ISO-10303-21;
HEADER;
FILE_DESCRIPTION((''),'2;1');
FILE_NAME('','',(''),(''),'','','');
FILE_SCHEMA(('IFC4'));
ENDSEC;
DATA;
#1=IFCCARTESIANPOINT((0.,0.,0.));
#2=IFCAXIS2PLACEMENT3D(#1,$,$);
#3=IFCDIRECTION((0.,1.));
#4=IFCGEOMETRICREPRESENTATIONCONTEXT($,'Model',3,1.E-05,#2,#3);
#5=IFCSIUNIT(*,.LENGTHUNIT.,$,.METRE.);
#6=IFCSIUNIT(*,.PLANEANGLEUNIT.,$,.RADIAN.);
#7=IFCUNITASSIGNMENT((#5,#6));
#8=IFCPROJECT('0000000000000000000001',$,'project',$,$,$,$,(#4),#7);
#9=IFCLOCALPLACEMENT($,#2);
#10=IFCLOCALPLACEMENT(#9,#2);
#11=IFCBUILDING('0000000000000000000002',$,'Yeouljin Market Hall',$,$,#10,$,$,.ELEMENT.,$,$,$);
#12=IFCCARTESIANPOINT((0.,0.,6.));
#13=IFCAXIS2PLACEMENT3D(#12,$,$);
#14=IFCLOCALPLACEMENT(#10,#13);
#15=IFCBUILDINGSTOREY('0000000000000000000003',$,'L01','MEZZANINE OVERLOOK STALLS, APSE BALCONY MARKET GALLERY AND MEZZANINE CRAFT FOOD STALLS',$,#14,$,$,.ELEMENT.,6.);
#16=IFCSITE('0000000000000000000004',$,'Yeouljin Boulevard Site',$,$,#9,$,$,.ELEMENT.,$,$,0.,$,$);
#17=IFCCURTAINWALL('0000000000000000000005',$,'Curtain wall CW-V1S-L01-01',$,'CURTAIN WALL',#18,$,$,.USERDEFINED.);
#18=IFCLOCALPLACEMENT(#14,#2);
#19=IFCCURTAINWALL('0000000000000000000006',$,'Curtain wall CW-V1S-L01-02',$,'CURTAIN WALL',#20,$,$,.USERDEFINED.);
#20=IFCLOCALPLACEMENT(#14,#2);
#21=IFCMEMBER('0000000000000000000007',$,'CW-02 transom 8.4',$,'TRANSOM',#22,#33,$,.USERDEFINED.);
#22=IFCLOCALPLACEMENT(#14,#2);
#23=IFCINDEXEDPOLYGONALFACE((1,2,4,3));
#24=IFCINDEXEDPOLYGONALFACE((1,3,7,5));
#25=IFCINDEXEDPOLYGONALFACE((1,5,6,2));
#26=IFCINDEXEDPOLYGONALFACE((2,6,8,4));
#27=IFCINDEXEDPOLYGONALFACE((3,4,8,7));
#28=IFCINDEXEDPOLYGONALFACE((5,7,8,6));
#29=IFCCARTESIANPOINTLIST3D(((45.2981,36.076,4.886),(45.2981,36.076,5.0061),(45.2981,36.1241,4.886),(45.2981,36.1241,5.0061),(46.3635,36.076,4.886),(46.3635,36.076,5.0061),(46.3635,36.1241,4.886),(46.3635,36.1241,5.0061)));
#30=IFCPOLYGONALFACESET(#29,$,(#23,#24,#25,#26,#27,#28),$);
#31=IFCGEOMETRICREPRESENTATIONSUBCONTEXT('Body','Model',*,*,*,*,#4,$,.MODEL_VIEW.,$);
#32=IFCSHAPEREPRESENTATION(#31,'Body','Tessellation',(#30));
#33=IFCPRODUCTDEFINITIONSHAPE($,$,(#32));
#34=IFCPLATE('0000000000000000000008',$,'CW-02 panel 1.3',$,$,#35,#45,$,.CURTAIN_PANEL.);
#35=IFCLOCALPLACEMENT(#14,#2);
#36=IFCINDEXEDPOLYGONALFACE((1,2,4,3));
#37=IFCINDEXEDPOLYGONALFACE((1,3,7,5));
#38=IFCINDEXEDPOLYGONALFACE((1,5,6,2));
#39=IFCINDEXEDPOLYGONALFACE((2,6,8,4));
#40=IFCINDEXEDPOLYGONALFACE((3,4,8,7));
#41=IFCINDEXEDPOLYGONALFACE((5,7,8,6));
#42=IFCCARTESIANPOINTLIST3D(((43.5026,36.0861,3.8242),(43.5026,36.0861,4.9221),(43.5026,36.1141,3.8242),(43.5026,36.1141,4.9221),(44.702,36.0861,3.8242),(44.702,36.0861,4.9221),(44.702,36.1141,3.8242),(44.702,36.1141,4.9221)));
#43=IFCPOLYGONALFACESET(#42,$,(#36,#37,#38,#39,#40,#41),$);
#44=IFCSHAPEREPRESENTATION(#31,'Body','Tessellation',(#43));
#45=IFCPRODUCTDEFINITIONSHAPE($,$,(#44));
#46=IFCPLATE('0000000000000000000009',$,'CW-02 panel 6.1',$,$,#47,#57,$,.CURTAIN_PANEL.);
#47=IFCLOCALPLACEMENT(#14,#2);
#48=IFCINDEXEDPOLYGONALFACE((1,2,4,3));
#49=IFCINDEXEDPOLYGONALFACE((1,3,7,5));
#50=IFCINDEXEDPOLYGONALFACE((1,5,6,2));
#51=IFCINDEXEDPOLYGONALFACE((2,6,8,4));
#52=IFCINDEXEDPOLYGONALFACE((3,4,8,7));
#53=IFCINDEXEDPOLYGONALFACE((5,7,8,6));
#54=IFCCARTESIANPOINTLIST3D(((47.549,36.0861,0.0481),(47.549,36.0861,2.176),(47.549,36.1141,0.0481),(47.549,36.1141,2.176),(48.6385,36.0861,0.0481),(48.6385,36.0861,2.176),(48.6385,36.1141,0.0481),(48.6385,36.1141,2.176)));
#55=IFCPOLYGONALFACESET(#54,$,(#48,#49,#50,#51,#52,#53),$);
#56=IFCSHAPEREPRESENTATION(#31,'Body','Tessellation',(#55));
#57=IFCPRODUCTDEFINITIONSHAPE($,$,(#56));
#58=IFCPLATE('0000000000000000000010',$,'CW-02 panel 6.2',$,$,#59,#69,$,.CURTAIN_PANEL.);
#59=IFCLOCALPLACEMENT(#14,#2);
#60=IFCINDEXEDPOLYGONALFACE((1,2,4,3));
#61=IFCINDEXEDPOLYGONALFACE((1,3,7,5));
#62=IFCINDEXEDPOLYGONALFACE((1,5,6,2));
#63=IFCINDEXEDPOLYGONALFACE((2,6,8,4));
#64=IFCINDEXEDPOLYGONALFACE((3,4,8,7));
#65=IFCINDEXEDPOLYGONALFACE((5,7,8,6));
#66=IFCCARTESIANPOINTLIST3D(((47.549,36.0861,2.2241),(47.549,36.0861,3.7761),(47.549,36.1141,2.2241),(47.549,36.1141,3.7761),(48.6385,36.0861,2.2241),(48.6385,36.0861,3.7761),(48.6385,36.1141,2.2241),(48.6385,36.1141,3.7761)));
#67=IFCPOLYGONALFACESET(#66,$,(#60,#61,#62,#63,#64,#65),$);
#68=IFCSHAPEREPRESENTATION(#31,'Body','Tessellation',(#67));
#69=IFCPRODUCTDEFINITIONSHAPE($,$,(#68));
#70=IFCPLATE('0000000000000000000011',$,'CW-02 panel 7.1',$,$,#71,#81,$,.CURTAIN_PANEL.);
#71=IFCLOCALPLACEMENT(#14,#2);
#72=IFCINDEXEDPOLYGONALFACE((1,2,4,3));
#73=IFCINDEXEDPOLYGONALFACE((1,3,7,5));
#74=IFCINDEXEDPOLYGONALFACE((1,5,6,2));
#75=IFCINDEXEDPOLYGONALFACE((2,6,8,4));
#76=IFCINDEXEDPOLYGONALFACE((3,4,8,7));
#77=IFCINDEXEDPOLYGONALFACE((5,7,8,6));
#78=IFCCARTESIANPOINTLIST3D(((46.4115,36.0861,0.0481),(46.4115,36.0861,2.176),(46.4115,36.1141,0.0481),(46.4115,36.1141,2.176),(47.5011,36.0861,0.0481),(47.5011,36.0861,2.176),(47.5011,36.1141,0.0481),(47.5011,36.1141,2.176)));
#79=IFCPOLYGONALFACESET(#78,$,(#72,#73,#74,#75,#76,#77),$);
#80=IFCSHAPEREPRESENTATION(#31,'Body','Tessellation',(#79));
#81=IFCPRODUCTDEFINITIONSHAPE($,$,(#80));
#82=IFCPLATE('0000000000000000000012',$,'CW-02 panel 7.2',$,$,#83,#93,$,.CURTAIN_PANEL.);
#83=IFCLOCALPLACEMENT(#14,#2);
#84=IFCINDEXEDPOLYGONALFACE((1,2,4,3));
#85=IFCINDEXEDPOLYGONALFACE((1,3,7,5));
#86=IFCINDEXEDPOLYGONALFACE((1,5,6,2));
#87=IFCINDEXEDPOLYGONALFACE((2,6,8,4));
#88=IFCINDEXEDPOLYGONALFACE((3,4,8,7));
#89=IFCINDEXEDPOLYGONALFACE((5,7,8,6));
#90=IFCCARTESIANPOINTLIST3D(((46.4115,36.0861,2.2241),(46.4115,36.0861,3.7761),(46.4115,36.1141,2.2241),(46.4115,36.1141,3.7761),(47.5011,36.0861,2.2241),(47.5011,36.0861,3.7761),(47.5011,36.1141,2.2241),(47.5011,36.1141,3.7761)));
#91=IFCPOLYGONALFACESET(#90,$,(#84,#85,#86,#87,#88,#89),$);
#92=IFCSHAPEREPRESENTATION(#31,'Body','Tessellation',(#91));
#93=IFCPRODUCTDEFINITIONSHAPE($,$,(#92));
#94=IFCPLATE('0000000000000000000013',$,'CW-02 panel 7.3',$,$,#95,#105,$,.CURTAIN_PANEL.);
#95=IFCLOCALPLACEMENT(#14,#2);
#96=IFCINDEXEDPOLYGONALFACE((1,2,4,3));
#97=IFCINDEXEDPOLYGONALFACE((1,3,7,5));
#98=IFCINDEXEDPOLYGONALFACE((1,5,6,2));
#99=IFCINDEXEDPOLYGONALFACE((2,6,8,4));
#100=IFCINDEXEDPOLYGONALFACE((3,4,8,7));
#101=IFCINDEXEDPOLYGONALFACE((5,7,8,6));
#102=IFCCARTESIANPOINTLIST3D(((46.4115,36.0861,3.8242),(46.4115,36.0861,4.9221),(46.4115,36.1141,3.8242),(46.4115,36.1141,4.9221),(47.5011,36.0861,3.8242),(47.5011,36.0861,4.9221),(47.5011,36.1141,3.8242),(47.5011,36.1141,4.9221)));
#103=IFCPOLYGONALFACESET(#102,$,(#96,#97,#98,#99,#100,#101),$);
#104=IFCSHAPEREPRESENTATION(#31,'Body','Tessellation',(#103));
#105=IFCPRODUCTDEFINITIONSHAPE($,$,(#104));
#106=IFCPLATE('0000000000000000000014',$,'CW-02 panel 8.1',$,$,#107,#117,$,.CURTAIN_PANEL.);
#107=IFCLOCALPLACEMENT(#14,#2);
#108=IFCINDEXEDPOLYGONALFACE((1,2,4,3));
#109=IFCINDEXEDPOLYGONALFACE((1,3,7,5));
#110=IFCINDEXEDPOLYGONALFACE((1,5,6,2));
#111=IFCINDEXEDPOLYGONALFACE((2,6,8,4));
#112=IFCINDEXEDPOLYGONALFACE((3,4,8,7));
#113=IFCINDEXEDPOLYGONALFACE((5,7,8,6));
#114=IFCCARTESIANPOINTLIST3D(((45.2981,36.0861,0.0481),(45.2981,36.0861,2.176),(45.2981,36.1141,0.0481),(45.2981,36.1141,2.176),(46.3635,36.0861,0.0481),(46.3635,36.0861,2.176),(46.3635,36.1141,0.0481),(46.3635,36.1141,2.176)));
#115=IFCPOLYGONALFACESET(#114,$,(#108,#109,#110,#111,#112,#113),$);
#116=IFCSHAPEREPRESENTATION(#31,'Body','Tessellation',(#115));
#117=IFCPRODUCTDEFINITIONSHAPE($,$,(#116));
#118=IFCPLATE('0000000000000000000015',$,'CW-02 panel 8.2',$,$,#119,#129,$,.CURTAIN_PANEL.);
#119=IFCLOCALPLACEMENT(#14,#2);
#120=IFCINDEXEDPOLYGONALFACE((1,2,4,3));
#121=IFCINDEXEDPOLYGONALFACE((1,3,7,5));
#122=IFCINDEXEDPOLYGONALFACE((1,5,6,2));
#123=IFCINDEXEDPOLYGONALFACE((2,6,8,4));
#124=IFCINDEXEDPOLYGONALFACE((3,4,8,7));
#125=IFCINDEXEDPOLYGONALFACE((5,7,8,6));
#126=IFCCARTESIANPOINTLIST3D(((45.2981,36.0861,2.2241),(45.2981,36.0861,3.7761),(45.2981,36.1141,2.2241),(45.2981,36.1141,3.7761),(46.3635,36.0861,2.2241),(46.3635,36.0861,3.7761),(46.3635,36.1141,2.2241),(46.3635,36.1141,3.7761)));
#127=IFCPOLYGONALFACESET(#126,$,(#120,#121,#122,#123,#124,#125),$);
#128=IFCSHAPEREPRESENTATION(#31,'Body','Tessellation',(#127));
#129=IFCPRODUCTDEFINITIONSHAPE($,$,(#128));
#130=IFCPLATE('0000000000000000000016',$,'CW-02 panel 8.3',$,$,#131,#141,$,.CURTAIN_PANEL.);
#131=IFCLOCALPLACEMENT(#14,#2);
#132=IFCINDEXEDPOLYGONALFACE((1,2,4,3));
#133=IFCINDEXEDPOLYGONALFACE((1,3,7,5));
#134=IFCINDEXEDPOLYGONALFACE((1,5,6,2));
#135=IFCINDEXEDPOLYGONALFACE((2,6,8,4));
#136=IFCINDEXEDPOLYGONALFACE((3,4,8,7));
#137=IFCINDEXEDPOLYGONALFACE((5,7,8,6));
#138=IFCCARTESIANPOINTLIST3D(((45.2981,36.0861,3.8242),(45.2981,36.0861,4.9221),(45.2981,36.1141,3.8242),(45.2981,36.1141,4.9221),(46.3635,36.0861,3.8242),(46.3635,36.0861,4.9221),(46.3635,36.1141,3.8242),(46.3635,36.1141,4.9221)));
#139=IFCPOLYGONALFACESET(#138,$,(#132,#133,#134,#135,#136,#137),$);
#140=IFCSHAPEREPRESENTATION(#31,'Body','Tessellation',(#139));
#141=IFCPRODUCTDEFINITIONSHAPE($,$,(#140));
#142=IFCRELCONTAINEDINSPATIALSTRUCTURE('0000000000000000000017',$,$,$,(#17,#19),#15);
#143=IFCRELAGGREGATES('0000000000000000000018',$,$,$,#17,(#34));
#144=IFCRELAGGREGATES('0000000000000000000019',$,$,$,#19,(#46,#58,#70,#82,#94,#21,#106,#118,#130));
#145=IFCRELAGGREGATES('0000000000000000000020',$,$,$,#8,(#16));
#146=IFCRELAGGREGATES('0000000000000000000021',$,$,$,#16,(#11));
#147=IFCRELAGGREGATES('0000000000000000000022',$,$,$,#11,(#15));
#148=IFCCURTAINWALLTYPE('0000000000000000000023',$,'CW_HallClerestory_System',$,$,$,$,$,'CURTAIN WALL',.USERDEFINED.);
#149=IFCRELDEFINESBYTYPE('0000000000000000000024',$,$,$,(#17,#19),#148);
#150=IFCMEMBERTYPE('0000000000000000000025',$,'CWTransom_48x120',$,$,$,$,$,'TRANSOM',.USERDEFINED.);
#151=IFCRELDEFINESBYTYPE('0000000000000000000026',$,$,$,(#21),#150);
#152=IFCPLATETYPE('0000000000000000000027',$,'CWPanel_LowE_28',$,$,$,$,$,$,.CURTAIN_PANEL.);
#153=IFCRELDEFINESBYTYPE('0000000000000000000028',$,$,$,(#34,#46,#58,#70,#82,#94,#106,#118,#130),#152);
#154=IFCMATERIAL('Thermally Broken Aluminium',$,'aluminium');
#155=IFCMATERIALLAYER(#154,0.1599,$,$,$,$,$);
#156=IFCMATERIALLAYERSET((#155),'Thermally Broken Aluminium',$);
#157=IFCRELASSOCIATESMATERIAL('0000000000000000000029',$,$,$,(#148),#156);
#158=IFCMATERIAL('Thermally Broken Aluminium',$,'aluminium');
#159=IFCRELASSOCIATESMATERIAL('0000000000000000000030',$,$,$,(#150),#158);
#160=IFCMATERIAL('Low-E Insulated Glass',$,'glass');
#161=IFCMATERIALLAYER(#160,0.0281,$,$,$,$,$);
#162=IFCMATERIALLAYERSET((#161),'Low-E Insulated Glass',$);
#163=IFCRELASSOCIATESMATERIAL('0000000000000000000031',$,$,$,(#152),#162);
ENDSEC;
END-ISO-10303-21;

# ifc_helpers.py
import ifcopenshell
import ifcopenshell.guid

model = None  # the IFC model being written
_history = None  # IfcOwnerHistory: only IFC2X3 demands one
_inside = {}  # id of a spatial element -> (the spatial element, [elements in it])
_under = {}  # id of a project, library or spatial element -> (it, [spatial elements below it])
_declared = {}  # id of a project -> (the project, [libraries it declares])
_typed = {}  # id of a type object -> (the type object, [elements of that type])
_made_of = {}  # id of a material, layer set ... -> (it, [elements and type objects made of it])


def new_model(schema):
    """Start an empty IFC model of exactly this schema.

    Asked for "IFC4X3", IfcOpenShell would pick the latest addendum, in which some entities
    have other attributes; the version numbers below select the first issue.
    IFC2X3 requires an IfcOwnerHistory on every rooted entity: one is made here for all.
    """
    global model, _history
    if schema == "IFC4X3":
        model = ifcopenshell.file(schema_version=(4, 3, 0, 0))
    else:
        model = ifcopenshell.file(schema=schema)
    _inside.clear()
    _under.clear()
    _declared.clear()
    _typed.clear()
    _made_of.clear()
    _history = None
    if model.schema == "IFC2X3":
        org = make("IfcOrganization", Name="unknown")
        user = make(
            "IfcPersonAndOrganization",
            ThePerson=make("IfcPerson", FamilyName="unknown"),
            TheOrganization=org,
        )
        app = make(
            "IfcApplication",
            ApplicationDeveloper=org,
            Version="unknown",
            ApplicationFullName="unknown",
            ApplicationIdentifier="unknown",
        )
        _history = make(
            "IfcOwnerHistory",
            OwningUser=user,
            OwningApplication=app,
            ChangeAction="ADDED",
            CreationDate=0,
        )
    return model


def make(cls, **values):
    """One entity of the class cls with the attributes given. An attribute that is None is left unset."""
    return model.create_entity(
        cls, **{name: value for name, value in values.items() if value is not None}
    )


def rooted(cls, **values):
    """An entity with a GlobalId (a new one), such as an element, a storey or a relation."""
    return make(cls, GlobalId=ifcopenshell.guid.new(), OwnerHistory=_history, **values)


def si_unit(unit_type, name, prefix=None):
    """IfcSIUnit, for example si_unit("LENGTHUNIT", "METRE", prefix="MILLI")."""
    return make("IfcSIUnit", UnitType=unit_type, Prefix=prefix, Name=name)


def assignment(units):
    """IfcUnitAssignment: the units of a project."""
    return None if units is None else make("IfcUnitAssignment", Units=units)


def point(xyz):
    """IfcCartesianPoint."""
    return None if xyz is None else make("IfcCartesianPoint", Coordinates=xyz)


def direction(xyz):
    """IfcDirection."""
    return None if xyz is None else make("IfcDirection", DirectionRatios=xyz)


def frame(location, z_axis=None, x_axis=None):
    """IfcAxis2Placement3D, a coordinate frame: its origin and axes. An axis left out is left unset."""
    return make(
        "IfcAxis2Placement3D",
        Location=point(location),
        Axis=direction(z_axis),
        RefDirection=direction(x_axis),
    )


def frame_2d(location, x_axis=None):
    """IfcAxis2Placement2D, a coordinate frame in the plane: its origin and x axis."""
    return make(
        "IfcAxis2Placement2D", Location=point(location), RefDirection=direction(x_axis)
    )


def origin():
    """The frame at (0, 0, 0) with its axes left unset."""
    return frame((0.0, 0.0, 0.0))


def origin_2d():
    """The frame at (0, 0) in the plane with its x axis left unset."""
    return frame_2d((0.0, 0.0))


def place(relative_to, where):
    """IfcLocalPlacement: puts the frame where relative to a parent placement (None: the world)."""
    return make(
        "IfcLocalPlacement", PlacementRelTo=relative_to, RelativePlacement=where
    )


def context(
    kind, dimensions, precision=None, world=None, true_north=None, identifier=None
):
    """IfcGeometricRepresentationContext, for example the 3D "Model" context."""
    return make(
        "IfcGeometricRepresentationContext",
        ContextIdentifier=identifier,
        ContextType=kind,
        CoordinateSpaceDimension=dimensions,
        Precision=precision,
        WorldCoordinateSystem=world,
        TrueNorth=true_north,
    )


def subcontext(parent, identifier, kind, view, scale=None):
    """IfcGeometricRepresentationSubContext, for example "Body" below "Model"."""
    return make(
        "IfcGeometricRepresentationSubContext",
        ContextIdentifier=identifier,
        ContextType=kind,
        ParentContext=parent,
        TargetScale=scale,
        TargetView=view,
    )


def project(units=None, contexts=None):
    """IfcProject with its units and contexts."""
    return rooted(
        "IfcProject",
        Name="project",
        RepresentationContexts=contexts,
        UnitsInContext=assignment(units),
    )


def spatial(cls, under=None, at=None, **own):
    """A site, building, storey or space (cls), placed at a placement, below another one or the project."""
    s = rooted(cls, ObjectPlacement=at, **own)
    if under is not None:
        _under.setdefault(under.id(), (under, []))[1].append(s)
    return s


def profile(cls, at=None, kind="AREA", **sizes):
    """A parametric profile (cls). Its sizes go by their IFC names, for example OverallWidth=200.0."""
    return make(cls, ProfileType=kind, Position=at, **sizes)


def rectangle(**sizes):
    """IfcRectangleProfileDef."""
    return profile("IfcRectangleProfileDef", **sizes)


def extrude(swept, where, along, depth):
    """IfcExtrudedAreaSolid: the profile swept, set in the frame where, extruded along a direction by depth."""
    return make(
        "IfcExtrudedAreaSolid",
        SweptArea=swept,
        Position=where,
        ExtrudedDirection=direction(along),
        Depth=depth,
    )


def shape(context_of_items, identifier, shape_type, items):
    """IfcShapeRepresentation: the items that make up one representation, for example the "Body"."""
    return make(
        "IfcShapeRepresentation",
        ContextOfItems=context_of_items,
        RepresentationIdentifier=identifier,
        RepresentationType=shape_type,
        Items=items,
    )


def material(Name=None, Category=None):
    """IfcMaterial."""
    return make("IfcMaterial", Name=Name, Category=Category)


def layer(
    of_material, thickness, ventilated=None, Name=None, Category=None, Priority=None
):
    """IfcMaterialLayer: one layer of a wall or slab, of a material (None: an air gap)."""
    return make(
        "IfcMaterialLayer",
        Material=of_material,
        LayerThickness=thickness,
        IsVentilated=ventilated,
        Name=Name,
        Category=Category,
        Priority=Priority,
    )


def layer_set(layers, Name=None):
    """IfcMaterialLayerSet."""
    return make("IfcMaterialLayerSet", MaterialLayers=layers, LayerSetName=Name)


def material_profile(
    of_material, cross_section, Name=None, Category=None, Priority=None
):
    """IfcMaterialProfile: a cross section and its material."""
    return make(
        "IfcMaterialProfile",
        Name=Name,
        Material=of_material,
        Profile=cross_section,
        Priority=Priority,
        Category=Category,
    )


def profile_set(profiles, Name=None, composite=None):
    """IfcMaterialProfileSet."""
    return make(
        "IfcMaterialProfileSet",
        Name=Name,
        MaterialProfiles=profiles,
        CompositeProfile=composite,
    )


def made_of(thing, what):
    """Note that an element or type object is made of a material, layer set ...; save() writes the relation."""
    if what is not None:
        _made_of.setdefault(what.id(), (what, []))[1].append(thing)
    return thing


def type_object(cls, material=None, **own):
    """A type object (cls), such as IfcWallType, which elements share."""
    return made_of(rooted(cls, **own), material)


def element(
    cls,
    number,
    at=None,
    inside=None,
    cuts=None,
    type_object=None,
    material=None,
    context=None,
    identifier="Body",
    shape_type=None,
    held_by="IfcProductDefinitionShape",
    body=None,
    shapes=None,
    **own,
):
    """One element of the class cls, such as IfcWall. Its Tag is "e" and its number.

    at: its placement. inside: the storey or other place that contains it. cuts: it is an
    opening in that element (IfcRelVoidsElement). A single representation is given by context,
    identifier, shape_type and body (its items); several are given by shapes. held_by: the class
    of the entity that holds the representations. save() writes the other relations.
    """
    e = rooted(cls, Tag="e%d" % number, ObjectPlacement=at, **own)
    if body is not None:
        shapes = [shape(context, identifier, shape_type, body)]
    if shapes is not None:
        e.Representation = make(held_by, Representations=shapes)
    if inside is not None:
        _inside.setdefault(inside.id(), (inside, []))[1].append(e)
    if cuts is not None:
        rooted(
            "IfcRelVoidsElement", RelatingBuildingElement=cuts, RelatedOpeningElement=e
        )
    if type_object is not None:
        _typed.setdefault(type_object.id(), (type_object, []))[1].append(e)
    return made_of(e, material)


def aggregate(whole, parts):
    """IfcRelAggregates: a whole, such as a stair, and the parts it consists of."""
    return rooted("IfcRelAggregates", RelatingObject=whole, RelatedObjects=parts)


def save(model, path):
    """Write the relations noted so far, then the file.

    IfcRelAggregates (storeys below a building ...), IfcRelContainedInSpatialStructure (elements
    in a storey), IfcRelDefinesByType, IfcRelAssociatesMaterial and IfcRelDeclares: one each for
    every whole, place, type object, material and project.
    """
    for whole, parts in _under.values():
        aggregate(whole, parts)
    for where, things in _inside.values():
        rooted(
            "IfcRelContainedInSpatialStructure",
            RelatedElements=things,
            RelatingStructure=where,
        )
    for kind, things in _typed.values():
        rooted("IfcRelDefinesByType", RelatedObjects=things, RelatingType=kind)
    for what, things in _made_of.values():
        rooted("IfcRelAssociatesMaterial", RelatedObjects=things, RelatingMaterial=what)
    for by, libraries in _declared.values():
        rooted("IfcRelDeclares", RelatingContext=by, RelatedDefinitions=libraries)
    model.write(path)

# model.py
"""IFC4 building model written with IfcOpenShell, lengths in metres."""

from ifc_helpers import new_model, si_unit, direction, frame, origin, origin_2d, place, context, subcontext, project, spatial, rectangle, extrude, material, layer, layer_set, material_profile, profile_set, type_object, element, aggregate, save


model = new_model("IFC4")

# Units and contexts
model_context = context("Model", 3, precision=1e-05, world=origin(), true_north=direction((0.0, 1.0)))
body_context = subcontext(model_context, "Body", "Model", "MODEL_VIEW")
ifc_project = project(units=[si_unit("LENGTHUNIT", "METRE"), si_unit("PLANEANGLEUNIT", "RADIAN")], contexts=[model_context])

# Site, building, storey
site_placement = place(None, origin())
site = spatial("IfcSite", under=ifc_project, at=site_placement, Name="Yeouljin Boulevard Site", CompositionType="ELEMENT", RefElevation=0.0)
building_placement = place(site_placement, origin())
building = spatial("IfcBuilding", under=site, at=building_placement, Name="Yeouljin Market Hall", CompositionType="ELEMENT")
storey_placement = place(building_placement, frame((0.0, 0.0, 6.0)))
storey = spatial("IfcBuildingStorey", under=building, at=storey_placement, Name="L01", Description="MEZZANINE OVERLOOK STALLS, APSE BALCONY MARKET GALLERY AND MEZZANINE CRAFT FOOD STALLS", CompositionType="ELEMENT", Elevation=6.0)

# Curtain wall
ifc_material_1 = material(Name="Thermally Broken Aluminium", Category="aluminium")
ifc_layer_1 = layer(ifc_material_1, 0.1599)
ifc_layer_set_1 = layer_set([ifc_layer_1], Name="Thermally Broken Aluminium")
curtain_wall_type = type_object("IfcCurtainWallType", Name="CW_HallClerestory_System", ElementType="CURTAIN WALL", PredefinedType="USERDEFINED", material=ifc_layer_set_1)
curtain_wall_1_placement = place(storey_placement, origin())
curtain_wall_1 = element("IfcCurtainWall", 1, at=curtain_wall_1_placement, inside=storey, type_object=curtain_wall_type, Name="Curtain wall CW-V1S-L01-01", ObjectType="CURTAIN WALL", PredefinedType="USERDEFINED")

# Curtain wall
curtain_wall_2_placement = place(storey_placement, origin())
curtain_wall_2 = element("IfcCurtainWall", 2, at=curtain_wall_2_placement, inside=storey, type_object=curtain_wall_type, Name="Curtain wall CW-V1S-L01-02", ObjectType="CURTAIN WALL", PredefinedType="USERDEFINED")

# Member
ifc_material_2 = material(Name="Thermally Broken Aluminium", Category="aluminium")
ifc_material_profile_1 = material_profile(ifc_material_2, rectangle(XDim=0.0481, YDim=0.1201, at=origin_2d()), Name="CW-TRAN-48x120")
ifc_profile_set_1 = profile_set([ifc_material_profile_1], Name="Thermally Broken Aluminium")
member_type_1 = type_object("IfcMemberType", Name="CWTransom_48x120", ElementType="TRANSOM", PredefinedType="USERDEFINED", material=ifc_profile_set_1)
member_1_placement = place(storey_placement, frame((46.3635, 36.1001, 4.946), z_axis=(-1.0, 0.0, 0.0), x_axis=(0.0, -1.0, 0.0)))
member_1 = element("IfcMember", 3, at=member_1_placement, type_object=member_type_1, Name="CW-02 transom 8.4", ObjectType="TRANSOM", PredefinedType="USERDEFINED", context=body_context, shape_type="SweptSolid", body=[
    extrude(rectangle(XDim=0.0481, YDim=0.1201, at=origin_2d()), origin(), (0.0, 0.0, 1.0), 1.0654),
])

# Plates
ifc_material_3 = material(Name="Low-E Insulated Glass", Category="glass")
ifc_layer_2 = layer(ifc_material_3, 0.0281)
ifc_layer_set_2 = layer_set([ifc_layer_2], Name="Low-E Insulated Glass")
plate_type = type_object("IfcPlateType", Name="CWPanel_LowE_28", PredefinedType="CURTAIN_PANEL", material=ifc_layer_set_2)
plate_1_placement = place(storey_placement, frame((44.1023, 36.1001, 3.8242), z_axis=(0.0, 0.0, 1.0), x_axis=(-1.0, 0.0, 0.0)))
plate_1 = element("IfcPlate", 4, at=plate_1_placement, type_object=plate_type, Name="CW-02 panel 1.3", PredefinedType="CURTAIN_PANEL", context=body_context, shape_type="SweptSolid", body=[
    extrude(rectangle(XDim=1.1995, YDim=0.0281, at=origin_2d()), origin(), (0.0, 0.0, 1.0), 1.0979),
])
aggregate(curtain_wall_1, [plate_1])
plate_2_placement = place(storey_placement, frame((48.0938, 36.1001, 0.0481), z_axis=(0.0, 0.0, 1.0), x_axis=(-1.0, 0.0, 0.0)))
plate_2 = element("IfcPlate", 5, at=plate_2_placement, type_object=plate_type, Name="CW-02 panel 6.1", PredefinedType="CURTAIN_PANEL", context=body_context, shape_type="SweptSolid", body=[
    extrude(rectangle(XDim=1.0896, YDim=0.0281, at=origin_2d()), origin(), (0.0, 0.0, 1.0), 2.1279),
])
plate_3_placement = place(storey_placement, frame((48.0938, 36.1001, 2.2241), z_axis=(0.0, 0.0, 1.0), x_axis=(-1.0, 0.0, 0.0)))
plate_3 = element("IfcPlate", 6, at=plate_3_placement, type_object=plate_type, Name="CW-02 panel 6.2", PredefinedType="CURTAIN_PANEL", context=body_context, shape_type="SweptSolid", body=[
    extrude(rectangle(XDim=1.0896, YDim=0.0281, at=origin_2d()), origin(), (0.0, 0.0, 1.0), 1.552),
])
plate_4_placement = place(storey_placement, frame((46.9563, 36.1001, 0.0481), z_axis=(0.0, 0.0, 1.0), x_axis=(-1.0, 0.0, 0.0)))
plate_4 = element("IfcPlate", 7, at=plate_4_placement, type_object=plate_type, Name="CW-02 panel 7.1", PredefinedType="CURTAIN_PANEL", context=body_context, shape_type="SweptSolid", body=[
    extrude(rectangle(XDim=1.0896, YDim=0.0281, at=origin_2d()), origin(), (0.0, 0.0, 1.0), 2.1279),
])
plate_5_placement = place(storey_placement, frame((46.9563, 36.1001, 2.2241), z_axis=(0.0, 0.0, 1.0), x_axis=(-1.0, 0.0, 0.0)))
plate_5 = element("IfcPlate", 8, at=plate_5_placement, type_object=plate_type, Name="CW-02 panel 7.2", PredefinedType="CURTAIN_PANEL", context=body_context, shape_type="SweptSolid", body=[
    extrude(rectangle(XDim=1.0896, YDim=0.0281, at=origin_2d()), origin(), (0.0, 0.0, 1.0), 1.552),
])
plate_6_placement = place(storey_placement, frame((46.9563, 36.1001, 3.8242), z_axis=(0.0, 0.0, 1.0), x_axis=(-1.0, 0.0, 0.0)))
plate_6 = element("IfcPlate", 9, at=plate_6_placement, type_object=plate_type, Name="CW-02 panel 7.3", PredefinedType="CURTAIN_PANEL", context=body_context, shape_type="SweptSolid", body=[
    extrude(rectangle(XDim=1.0896, YDim=0.0281, at=origin_2d()), origin(), (0.0, 0.0, 1.0), 1.0979),
])
plate_7_placement = place(storey_placement, frame((45.8308, 36.1001, 0.0481), z_axis=(0.0, 0.0, 1.0), x_axis=(-1.0, 0.0, 0.0)))
plate_7 = element("IfcPlate", 10, at=plate_7_placement, type_object=plate_type, Name="CW-02 panel 8.1", PredefinedType="CURTAIN_PANEL", context=body_context, shape_type="SweptSolid", body=[
    extrude(rectangle(XDim=1.0654, YDim=0.0281, at=origin_2d()), origin(), (0.0, 0.0, 1.0), 2.1279),
])
plate_8_placement = place(storey_placement, frame((45.8308, 36.1001, 2.2241), z_axis=(0.0, 0.0, 1.0), x_axis=(-1.0, 0.0, 0.0)))
plate_8 = element("IfcPlate", 11, at=plate_8_placement, type_object=plate_type, Name="CW-02 panel 8.2", PredefinedType="CURTAIN_PANEL", context=body_context, shape_type="SweptSolid", body=[
    extrude(rectangle(XDim=1.0654, YDim=0.0281, at=origin_2d()), origin(), (0.0, 0.0, 1.0), 1.552),
])
plate_9_placement = place(storey_placement, frame((45.8308, 36.1001, 3.8242), z_axis=(0.0, 0.0, 1.0), x_axis=(-1.0, 0.0, 0.0)))
plate_9 = element("IfcPlate", 12, at=plate_9_placement, type_object=plate_type, Name="CW-02 panel 8.3", PredefinedType="CURTAIN_PANEL", context=body_context, shape_type="SweptSolid", body=[
    extrude(rectangle(XDim=1.0654, YDim=0.0281, at=origin_2d()), origin(), (0.0, 0.0, 1.0), 1.0979),
])
aggregate(curtain_wall_2, [plate_2, plate_3, plate_4, plate_5, plate_6, member_1, plate_7, plate_8, plate_9])

save(model, "model.ifc")
